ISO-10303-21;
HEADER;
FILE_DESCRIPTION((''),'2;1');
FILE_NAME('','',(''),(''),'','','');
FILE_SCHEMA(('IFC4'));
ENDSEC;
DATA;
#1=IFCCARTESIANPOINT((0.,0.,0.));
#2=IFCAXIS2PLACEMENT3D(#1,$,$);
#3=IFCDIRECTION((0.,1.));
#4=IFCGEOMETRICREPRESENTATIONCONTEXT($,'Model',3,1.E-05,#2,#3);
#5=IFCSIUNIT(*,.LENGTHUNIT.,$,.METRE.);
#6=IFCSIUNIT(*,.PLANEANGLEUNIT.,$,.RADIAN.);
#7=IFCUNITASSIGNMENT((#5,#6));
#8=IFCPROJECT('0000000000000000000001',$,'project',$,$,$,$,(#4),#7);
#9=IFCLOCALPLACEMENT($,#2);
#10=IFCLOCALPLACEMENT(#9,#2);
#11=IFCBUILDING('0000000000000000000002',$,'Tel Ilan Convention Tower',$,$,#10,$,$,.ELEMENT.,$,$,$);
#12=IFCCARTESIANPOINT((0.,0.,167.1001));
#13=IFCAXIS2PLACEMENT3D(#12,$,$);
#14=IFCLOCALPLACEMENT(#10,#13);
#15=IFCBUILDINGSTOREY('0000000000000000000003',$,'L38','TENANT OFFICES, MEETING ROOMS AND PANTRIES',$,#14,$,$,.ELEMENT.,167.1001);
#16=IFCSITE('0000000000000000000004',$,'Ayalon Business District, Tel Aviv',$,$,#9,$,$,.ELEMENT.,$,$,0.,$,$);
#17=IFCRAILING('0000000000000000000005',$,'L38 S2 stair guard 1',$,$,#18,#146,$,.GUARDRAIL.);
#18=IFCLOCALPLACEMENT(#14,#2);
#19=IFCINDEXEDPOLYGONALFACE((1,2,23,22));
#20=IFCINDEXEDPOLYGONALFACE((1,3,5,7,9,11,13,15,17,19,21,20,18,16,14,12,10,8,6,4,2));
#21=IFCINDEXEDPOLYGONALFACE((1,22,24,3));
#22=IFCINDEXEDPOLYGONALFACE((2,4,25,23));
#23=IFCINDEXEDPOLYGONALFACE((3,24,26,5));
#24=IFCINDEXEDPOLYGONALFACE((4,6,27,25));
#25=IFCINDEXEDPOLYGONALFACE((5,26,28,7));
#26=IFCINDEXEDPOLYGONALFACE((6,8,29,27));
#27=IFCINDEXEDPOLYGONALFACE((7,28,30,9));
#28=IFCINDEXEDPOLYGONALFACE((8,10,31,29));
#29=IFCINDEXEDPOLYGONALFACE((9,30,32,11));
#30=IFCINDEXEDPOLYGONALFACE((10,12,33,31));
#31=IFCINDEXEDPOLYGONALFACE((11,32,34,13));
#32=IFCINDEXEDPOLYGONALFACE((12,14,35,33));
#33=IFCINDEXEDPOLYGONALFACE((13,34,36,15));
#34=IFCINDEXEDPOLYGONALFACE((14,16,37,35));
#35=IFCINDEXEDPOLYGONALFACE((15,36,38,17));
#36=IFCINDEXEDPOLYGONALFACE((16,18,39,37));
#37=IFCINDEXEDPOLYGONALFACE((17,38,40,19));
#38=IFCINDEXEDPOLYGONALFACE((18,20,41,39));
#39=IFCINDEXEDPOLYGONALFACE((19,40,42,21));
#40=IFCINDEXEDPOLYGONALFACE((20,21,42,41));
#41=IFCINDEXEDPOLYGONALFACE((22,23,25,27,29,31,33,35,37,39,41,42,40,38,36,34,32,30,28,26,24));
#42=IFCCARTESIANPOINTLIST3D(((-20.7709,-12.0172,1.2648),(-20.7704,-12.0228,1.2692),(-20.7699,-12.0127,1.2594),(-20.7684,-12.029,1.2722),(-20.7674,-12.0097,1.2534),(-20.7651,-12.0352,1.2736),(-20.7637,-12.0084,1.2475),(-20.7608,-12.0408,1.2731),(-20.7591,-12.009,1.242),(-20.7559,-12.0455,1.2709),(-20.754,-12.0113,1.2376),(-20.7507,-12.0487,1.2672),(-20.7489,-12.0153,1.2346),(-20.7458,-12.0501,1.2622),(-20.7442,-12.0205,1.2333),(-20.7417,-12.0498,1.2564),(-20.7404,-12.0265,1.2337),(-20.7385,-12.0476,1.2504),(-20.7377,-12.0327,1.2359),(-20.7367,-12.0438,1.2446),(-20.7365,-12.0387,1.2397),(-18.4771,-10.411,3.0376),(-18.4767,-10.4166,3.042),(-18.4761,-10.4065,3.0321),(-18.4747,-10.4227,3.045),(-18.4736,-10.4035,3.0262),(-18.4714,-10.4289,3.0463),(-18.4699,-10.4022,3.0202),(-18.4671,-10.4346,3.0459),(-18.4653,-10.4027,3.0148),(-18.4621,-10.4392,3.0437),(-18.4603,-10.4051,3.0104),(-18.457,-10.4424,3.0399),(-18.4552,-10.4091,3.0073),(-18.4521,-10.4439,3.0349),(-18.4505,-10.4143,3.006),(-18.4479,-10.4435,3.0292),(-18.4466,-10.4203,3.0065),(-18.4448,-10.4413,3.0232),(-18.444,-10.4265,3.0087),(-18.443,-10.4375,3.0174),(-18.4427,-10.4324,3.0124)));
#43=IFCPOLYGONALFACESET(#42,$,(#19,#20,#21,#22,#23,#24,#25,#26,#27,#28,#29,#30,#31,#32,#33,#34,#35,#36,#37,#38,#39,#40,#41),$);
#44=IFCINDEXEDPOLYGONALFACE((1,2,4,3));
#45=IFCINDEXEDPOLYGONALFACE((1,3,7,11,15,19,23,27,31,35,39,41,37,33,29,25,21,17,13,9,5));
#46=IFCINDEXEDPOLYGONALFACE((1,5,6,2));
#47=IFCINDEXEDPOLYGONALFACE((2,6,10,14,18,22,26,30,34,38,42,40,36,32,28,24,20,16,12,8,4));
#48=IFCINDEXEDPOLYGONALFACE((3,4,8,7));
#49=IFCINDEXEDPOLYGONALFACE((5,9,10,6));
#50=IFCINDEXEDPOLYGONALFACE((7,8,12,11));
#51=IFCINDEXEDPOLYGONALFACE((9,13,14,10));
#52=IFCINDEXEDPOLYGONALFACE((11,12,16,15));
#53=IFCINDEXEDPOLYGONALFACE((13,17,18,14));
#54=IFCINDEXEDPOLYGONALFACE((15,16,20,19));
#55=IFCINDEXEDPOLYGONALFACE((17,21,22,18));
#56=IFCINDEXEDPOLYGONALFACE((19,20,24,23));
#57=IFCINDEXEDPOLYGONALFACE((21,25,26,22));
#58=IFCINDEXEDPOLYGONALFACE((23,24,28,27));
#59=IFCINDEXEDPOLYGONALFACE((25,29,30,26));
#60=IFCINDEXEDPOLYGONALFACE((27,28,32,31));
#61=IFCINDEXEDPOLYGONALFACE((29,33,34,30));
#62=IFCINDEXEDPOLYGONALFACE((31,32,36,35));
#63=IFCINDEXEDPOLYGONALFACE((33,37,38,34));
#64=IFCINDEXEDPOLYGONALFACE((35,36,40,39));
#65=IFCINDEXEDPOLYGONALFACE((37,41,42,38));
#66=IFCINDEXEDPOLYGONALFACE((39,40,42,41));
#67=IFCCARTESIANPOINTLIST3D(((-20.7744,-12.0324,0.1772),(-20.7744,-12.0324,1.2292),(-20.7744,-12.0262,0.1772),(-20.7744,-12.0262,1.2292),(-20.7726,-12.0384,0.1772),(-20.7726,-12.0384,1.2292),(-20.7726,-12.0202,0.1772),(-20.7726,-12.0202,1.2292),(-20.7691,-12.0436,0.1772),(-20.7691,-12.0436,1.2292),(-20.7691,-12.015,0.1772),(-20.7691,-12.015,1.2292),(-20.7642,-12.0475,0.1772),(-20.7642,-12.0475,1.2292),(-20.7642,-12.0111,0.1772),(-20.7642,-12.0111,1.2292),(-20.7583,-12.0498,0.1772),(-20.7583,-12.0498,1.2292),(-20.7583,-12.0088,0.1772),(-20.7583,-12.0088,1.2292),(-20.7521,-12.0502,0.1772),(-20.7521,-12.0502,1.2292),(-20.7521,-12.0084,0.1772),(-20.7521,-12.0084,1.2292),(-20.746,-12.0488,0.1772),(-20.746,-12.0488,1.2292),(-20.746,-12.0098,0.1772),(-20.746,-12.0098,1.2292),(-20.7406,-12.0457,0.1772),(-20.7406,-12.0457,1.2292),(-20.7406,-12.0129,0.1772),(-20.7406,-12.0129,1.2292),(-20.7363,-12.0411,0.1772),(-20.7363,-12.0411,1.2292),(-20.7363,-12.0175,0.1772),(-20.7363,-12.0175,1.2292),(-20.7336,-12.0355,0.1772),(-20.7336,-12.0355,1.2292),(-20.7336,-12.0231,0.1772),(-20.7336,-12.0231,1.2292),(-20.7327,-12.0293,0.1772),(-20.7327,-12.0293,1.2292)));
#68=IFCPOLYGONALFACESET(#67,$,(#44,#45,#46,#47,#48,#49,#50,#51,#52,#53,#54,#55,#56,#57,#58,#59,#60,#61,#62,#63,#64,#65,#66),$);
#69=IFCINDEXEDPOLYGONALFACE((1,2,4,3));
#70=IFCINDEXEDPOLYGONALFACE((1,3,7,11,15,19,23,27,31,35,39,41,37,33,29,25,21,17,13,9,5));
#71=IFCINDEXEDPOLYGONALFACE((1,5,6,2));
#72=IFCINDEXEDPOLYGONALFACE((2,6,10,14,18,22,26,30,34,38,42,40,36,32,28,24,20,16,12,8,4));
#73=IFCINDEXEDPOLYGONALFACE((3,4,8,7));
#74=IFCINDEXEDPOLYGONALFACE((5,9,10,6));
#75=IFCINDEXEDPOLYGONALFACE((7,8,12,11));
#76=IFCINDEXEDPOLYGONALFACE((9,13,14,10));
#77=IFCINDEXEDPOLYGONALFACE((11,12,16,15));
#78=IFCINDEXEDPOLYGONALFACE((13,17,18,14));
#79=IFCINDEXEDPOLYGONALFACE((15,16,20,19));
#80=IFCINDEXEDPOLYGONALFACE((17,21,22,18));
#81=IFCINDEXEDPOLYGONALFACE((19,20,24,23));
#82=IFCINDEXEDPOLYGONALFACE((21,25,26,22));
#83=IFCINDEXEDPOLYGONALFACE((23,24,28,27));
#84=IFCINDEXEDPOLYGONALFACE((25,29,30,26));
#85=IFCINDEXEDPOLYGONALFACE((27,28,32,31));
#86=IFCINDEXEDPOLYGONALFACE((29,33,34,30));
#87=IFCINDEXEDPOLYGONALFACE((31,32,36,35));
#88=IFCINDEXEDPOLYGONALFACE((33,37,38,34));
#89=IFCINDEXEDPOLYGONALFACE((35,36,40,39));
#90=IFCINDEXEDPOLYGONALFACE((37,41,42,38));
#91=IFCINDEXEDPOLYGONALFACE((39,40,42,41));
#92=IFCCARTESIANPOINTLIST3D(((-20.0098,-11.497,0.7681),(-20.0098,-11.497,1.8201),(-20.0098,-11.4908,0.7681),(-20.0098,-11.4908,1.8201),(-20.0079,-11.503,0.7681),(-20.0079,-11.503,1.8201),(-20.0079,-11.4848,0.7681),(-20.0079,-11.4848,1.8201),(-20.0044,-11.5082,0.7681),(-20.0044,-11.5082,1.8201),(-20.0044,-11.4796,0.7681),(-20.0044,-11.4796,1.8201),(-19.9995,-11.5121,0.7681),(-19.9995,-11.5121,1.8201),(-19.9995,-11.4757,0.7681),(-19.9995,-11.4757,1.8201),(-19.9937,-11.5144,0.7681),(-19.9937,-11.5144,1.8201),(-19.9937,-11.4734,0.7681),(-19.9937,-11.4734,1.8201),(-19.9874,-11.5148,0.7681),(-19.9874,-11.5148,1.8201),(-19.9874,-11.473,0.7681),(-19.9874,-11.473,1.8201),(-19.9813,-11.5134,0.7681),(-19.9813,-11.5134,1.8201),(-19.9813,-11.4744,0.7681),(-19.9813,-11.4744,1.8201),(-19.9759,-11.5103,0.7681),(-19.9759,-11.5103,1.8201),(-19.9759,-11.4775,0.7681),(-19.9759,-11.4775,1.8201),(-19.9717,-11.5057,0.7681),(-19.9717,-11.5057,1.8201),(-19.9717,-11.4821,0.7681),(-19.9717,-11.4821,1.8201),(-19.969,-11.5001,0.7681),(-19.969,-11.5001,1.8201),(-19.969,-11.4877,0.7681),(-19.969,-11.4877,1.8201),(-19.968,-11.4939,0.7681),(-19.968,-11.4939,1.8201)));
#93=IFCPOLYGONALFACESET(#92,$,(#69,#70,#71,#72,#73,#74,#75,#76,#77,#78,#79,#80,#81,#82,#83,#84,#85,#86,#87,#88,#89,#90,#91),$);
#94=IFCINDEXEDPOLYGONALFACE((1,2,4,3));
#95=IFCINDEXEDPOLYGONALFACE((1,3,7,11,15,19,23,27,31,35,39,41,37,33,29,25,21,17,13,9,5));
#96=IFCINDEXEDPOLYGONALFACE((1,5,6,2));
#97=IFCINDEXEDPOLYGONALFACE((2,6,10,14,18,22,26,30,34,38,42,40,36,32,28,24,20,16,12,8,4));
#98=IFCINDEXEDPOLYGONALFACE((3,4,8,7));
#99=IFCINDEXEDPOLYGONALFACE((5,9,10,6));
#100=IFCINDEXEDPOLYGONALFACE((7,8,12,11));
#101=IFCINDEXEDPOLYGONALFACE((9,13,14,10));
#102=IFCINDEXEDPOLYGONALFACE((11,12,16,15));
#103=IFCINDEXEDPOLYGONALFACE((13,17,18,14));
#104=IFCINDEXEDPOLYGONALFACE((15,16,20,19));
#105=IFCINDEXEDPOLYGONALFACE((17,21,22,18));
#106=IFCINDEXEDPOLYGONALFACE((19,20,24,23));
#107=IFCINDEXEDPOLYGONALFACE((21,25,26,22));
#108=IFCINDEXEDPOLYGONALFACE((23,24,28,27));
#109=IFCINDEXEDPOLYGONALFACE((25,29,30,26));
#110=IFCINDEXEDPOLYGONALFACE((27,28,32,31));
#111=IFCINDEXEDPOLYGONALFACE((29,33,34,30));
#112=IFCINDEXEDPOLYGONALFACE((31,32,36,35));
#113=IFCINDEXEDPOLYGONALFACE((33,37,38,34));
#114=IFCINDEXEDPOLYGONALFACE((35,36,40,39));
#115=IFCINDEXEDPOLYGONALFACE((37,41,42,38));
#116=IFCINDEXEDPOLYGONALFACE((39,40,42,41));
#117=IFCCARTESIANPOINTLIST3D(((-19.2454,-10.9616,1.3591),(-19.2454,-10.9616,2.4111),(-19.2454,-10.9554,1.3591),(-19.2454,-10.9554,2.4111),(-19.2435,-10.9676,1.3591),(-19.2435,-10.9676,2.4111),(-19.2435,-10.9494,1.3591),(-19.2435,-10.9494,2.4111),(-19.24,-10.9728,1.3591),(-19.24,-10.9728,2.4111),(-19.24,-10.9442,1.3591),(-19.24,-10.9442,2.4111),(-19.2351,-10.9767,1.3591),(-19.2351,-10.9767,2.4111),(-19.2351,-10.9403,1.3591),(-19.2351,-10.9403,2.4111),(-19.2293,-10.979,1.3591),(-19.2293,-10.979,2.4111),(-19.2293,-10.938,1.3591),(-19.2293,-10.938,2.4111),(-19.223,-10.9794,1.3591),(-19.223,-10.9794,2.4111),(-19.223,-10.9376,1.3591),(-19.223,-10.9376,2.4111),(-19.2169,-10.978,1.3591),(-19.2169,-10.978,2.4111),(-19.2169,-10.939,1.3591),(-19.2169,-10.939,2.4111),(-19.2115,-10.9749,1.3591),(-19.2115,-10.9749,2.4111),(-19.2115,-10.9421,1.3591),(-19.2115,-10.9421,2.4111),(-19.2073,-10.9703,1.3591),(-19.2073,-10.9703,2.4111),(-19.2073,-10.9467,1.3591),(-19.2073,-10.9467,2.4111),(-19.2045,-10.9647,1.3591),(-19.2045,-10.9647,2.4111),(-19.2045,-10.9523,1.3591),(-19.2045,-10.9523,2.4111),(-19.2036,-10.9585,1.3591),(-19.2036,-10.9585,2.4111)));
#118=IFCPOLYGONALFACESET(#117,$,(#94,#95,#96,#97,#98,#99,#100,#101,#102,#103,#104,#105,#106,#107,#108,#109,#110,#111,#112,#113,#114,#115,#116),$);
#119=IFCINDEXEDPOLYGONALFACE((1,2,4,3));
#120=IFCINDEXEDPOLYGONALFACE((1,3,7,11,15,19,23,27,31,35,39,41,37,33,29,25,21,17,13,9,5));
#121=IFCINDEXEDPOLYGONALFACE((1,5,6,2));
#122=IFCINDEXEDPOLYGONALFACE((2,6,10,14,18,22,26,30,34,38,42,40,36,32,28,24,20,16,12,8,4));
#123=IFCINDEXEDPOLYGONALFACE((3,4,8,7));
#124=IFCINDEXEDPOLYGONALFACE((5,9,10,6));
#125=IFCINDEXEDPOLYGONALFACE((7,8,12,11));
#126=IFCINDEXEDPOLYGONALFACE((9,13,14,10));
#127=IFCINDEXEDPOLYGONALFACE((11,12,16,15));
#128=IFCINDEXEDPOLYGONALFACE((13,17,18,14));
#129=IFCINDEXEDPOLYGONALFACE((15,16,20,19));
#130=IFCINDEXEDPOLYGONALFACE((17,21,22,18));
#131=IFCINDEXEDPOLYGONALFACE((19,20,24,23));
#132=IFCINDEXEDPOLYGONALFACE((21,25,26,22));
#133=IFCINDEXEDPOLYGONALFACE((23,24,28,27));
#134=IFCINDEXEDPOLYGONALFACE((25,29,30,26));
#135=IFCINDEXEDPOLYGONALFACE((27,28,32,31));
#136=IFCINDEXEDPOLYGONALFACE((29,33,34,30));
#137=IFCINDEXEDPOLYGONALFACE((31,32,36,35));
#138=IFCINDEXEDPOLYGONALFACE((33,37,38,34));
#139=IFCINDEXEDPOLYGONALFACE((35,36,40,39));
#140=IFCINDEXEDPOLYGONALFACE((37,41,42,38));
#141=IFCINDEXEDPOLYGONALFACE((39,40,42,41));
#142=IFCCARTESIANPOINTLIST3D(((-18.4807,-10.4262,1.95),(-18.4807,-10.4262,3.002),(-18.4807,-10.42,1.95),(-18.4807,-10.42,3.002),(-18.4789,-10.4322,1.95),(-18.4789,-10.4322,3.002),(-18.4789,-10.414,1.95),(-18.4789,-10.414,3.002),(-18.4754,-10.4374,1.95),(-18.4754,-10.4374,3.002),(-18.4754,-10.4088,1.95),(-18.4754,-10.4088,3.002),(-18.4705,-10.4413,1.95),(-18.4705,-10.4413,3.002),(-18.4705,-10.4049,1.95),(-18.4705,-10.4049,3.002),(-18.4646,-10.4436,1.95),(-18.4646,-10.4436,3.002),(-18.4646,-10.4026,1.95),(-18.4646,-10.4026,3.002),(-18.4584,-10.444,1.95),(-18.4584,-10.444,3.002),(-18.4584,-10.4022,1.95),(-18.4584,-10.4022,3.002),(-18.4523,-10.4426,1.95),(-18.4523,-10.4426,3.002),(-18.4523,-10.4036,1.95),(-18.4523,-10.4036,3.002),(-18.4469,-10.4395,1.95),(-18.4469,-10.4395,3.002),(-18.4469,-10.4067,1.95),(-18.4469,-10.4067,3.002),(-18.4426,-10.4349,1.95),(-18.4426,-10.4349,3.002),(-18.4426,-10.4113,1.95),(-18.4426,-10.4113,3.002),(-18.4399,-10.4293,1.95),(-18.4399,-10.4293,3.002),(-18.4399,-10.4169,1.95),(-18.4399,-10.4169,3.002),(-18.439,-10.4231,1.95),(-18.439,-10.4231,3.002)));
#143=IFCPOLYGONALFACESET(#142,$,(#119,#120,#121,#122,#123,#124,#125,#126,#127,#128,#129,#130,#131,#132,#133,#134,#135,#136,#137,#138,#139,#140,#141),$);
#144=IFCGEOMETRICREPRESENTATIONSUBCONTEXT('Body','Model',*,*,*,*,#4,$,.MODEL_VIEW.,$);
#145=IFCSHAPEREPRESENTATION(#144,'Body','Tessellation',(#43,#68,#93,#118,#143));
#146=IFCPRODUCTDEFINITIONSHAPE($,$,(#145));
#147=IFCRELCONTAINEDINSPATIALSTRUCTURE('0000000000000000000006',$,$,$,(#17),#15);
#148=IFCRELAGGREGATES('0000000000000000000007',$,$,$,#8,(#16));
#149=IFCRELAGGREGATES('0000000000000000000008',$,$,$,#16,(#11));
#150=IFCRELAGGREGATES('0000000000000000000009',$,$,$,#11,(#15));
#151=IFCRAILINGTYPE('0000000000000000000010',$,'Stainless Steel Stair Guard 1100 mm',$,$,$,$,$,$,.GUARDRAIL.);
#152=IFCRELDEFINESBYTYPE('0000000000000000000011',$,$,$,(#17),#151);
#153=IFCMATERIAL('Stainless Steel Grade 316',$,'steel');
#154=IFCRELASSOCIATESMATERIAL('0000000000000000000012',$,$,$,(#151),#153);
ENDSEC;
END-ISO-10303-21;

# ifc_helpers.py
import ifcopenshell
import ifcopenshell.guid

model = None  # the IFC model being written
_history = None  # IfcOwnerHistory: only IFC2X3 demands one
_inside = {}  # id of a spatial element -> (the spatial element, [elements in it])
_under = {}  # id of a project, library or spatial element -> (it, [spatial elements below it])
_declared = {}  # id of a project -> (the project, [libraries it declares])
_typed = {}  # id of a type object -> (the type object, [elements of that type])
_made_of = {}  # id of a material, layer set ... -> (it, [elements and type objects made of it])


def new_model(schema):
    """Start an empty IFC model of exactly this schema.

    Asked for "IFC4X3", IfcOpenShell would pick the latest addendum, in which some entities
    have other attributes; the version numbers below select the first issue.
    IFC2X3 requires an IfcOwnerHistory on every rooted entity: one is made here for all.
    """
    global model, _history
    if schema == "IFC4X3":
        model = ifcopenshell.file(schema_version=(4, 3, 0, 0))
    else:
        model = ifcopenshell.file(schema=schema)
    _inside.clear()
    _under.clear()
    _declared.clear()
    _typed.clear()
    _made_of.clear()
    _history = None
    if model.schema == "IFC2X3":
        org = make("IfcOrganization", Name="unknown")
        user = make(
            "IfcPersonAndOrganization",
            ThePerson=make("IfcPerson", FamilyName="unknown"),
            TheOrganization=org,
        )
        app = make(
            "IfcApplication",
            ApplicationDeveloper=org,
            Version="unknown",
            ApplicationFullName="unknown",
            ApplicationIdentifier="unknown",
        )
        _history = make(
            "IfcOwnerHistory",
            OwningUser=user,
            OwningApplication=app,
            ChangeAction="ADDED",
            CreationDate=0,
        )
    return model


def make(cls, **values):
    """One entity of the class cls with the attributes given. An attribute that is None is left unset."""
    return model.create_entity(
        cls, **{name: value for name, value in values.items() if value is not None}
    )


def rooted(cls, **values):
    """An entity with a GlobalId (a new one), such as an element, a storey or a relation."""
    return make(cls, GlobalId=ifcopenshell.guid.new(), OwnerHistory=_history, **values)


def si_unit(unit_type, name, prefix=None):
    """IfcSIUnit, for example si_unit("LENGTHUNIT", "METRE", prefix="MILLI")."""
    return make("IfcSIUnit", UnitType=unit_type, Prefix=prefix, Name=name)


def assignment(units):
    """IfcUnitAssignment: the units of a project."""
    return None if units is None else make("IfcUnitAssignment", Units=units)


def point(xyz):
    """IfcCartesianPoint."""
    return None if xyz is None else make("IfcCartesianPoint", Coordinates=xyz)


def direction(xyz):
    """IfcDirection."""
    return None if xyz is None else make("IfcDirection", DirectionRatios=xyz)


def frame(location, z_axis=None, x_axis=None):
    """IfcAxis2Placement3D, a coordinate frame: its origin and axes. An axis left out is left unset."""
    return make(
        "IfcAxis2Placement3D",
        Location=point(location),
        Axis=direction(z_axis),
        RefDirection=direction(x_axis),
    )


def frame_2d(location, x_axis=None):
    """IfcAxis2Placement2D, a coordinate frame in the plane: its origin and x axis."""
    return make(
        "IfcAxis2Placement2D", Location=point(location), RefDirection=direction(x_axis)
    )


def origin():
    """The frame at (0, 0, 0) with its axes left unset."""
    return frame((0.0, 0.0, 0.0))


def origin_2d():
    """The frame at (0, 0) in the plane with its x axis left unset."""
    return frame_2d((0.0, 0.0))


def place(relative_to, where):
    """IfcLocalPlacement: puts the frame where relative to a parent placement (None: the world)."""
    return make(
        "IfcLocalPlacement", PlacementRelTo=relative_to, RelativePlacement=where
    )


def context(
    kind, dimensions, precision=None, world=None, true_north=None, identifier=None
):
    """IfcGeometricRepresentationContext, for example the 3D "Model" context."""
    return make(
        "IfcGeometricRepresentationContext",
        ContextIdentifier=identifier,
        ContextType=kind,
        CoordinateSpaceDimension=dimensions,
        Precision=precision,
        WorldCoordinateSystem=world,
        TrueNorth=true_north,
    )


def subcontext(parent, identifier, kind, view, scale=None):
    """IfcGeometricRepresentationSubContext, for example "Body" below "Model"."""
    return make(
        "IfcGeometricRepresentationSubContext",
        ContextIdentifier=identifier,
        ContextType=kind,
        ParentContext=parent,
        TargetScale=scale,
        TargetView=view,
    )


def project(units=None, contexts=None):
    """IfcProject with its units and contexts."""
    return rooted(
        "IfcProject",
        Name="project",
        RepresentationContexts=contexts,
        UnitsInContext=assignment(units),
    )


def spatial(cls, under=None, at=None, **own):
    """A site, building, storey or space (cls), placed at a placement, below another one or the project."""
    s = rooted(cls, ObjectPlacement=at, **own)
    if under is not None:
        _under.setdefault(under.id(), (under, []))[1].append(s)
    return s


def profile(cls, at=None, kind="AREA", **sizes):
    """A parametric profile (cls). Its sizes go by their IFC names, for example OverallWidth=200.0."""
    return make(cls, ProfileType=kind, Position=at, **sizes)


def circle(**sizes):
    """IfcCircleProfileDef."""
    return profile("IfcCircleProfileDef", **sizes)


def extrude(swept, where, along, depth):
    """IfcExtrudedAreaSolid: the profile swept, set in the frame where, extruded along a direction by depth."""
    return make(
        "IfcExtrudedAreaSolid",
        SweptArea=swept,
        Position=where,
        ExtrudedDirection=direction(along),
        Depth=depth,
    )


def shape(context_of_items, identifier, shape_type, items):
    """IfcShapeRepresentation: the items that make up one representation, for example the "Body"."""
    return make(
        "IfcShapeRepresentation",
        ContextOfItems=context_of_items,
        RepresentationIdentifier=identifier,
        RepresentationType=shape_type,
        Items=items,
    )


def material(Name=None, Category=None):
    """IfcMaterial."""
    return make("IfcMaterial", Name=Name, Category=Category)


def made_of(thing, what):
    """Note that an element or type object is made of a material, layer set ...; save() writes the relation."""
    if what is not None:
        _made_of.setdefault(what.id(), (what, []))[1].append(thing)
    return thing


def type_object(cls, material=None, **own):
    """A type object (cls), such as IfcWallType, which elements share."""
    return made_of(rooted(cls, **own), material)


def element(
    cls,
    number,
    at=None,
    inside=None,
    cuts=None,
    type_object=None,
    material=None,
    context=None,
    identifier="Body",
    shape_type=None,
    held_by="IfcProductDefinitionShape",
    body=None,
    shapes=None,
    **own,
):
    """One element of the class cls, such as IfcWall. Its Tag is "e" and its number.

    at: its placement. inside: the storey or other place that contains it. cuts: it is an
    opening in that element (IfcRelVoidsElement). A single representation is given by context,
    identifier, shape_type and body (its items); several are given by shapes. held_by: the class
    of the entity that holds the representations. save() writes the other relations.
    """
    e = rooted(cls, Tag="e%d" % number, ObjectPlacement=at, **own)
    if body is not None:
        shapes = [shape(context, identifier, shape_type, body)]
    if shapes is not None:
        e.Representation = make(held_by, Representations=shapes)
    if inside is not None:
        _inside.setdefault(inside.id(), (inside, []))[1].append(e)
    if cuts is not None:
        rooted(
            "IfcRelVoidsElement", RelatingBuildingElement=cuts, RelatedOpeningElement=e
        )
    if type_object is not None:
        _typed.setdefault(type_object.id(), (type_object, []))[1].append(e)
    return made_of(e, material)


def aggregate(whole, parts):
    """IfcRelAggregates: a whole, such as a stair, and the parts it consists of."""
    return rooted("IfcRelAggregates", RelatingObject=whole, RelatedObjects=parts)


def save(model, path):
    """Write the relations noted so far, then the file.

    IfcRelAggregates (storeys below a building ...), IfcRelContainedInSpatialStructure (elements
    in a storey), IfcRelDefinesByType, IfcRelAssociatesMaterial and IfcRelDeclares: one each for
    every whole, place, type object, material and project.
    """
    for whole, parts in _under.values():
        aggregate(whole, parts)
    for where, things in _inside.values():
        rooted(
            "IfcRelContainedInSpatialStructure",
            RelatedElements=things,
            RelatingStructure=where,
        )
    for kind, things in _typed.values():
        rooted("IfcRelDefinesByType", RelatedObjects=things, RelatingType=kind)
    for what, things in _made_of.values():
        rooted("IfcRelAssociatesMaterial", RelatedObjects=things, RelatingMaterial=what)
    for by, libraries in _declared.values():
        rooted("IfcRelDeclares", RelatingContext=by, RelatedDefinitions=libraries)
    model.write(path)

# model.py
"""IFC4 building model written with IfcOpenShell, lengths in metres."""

from ifc_helpers import new_model, si_unit, direction, frame, origin, origin_2d, place, context, subcontext, project, spatial, circle, extrude, material, type_object, element, save


model = new_model("IFC4")

# Units and contexts
model_context = context("Model", 3, precision=1e-05, world=origin(), true_north=direction((0.0, 1.0)))
body_context = subcontext(model_context, "Body", "Model", "MODEL_VIEW")
ifc_project = project(units=[si_unit("LENGTHUNIT", "METRE"), si_unit("PLANEANGLEUNIT", "RADIAN")], contexts=[model_context])

# Site, building, storey
site_placement = place(None, origin())
site = spatial("IfcSite", under=ifc_project, at=site_placement, Name="Ayalon Business District, Tel Aviv", CompositionType="ELEMENT", RefElevation=0.0)
building_placement = place(site_placement, origin())
building = spatial("IfcBuilding", under=site, at=building_placement, Name="Tel Ilan Convention Tower", CompositionType="ELEMENT")
storey_placement = place(building_placement, frame((0.0, 0.0, 167.1001)))
storey = spatial("IfcBuildingStorey", under=building, at=storey_placement, Name="L38", Description="TENANT OFFICES, MEETING ROOMS AND PANTRIES", CompositionType="ELEMENT", Elevation=167.1001)

# Railing
ifc_material_1 = material(Name="Stainless Steel Grade 316", Category="steel")
railing_type_1 = type_object("IfcRailingType", Name="Stainless Steel Stair Guard 1100 mm", PredefinedType="GUARDRAIL", material=ifc_material_1)
railing_1_placement = place(storey_placement, frame((-20.7537, -12.0293, 0.1772)))
element("IfcRailing", 1, at=railing_1_placement, inside=storey, type_object=railing_type_1, Name="L38 S2 stair guard 1", PredefinedType="GUARDRAIL", context=body_context, shape_type="SweptSolid", body=[
    extrude(circle(Radius=0.0239, at=origin_2d()), frame((0.0, 0.0, 1.0762), z_axis=(0.692098, 0.484653, 0.534894), x_axis=(-0.573609, 0.81913, 0.0)), (0.0, 0.0, 1.0), 3.3142),
    extrude(circle(Radius=0.021, at=origin_2d()), origin(), (0.0, 0.0, 1.0), 1.052),
    extrude(circle(Radius=0.021, at=origin_2d()), frame((0.7646, 0.5354, 0.5908)), (0.0, 0.0, 1.0), 1.052),
    extrude(circle(Radius=0.021, at=origin_2d()), frame((1.5291, 1.0708, 1.1819)), (0.0, 0.0, 1.0), 1.052),
    extrude(circle(Radius=0.021, at=origin_2d()), frame((2.2937, 1.6062, 1.7727)), (0.0, 0.0, 1.0), 1.052),
])

save(model, "model.ifc")
